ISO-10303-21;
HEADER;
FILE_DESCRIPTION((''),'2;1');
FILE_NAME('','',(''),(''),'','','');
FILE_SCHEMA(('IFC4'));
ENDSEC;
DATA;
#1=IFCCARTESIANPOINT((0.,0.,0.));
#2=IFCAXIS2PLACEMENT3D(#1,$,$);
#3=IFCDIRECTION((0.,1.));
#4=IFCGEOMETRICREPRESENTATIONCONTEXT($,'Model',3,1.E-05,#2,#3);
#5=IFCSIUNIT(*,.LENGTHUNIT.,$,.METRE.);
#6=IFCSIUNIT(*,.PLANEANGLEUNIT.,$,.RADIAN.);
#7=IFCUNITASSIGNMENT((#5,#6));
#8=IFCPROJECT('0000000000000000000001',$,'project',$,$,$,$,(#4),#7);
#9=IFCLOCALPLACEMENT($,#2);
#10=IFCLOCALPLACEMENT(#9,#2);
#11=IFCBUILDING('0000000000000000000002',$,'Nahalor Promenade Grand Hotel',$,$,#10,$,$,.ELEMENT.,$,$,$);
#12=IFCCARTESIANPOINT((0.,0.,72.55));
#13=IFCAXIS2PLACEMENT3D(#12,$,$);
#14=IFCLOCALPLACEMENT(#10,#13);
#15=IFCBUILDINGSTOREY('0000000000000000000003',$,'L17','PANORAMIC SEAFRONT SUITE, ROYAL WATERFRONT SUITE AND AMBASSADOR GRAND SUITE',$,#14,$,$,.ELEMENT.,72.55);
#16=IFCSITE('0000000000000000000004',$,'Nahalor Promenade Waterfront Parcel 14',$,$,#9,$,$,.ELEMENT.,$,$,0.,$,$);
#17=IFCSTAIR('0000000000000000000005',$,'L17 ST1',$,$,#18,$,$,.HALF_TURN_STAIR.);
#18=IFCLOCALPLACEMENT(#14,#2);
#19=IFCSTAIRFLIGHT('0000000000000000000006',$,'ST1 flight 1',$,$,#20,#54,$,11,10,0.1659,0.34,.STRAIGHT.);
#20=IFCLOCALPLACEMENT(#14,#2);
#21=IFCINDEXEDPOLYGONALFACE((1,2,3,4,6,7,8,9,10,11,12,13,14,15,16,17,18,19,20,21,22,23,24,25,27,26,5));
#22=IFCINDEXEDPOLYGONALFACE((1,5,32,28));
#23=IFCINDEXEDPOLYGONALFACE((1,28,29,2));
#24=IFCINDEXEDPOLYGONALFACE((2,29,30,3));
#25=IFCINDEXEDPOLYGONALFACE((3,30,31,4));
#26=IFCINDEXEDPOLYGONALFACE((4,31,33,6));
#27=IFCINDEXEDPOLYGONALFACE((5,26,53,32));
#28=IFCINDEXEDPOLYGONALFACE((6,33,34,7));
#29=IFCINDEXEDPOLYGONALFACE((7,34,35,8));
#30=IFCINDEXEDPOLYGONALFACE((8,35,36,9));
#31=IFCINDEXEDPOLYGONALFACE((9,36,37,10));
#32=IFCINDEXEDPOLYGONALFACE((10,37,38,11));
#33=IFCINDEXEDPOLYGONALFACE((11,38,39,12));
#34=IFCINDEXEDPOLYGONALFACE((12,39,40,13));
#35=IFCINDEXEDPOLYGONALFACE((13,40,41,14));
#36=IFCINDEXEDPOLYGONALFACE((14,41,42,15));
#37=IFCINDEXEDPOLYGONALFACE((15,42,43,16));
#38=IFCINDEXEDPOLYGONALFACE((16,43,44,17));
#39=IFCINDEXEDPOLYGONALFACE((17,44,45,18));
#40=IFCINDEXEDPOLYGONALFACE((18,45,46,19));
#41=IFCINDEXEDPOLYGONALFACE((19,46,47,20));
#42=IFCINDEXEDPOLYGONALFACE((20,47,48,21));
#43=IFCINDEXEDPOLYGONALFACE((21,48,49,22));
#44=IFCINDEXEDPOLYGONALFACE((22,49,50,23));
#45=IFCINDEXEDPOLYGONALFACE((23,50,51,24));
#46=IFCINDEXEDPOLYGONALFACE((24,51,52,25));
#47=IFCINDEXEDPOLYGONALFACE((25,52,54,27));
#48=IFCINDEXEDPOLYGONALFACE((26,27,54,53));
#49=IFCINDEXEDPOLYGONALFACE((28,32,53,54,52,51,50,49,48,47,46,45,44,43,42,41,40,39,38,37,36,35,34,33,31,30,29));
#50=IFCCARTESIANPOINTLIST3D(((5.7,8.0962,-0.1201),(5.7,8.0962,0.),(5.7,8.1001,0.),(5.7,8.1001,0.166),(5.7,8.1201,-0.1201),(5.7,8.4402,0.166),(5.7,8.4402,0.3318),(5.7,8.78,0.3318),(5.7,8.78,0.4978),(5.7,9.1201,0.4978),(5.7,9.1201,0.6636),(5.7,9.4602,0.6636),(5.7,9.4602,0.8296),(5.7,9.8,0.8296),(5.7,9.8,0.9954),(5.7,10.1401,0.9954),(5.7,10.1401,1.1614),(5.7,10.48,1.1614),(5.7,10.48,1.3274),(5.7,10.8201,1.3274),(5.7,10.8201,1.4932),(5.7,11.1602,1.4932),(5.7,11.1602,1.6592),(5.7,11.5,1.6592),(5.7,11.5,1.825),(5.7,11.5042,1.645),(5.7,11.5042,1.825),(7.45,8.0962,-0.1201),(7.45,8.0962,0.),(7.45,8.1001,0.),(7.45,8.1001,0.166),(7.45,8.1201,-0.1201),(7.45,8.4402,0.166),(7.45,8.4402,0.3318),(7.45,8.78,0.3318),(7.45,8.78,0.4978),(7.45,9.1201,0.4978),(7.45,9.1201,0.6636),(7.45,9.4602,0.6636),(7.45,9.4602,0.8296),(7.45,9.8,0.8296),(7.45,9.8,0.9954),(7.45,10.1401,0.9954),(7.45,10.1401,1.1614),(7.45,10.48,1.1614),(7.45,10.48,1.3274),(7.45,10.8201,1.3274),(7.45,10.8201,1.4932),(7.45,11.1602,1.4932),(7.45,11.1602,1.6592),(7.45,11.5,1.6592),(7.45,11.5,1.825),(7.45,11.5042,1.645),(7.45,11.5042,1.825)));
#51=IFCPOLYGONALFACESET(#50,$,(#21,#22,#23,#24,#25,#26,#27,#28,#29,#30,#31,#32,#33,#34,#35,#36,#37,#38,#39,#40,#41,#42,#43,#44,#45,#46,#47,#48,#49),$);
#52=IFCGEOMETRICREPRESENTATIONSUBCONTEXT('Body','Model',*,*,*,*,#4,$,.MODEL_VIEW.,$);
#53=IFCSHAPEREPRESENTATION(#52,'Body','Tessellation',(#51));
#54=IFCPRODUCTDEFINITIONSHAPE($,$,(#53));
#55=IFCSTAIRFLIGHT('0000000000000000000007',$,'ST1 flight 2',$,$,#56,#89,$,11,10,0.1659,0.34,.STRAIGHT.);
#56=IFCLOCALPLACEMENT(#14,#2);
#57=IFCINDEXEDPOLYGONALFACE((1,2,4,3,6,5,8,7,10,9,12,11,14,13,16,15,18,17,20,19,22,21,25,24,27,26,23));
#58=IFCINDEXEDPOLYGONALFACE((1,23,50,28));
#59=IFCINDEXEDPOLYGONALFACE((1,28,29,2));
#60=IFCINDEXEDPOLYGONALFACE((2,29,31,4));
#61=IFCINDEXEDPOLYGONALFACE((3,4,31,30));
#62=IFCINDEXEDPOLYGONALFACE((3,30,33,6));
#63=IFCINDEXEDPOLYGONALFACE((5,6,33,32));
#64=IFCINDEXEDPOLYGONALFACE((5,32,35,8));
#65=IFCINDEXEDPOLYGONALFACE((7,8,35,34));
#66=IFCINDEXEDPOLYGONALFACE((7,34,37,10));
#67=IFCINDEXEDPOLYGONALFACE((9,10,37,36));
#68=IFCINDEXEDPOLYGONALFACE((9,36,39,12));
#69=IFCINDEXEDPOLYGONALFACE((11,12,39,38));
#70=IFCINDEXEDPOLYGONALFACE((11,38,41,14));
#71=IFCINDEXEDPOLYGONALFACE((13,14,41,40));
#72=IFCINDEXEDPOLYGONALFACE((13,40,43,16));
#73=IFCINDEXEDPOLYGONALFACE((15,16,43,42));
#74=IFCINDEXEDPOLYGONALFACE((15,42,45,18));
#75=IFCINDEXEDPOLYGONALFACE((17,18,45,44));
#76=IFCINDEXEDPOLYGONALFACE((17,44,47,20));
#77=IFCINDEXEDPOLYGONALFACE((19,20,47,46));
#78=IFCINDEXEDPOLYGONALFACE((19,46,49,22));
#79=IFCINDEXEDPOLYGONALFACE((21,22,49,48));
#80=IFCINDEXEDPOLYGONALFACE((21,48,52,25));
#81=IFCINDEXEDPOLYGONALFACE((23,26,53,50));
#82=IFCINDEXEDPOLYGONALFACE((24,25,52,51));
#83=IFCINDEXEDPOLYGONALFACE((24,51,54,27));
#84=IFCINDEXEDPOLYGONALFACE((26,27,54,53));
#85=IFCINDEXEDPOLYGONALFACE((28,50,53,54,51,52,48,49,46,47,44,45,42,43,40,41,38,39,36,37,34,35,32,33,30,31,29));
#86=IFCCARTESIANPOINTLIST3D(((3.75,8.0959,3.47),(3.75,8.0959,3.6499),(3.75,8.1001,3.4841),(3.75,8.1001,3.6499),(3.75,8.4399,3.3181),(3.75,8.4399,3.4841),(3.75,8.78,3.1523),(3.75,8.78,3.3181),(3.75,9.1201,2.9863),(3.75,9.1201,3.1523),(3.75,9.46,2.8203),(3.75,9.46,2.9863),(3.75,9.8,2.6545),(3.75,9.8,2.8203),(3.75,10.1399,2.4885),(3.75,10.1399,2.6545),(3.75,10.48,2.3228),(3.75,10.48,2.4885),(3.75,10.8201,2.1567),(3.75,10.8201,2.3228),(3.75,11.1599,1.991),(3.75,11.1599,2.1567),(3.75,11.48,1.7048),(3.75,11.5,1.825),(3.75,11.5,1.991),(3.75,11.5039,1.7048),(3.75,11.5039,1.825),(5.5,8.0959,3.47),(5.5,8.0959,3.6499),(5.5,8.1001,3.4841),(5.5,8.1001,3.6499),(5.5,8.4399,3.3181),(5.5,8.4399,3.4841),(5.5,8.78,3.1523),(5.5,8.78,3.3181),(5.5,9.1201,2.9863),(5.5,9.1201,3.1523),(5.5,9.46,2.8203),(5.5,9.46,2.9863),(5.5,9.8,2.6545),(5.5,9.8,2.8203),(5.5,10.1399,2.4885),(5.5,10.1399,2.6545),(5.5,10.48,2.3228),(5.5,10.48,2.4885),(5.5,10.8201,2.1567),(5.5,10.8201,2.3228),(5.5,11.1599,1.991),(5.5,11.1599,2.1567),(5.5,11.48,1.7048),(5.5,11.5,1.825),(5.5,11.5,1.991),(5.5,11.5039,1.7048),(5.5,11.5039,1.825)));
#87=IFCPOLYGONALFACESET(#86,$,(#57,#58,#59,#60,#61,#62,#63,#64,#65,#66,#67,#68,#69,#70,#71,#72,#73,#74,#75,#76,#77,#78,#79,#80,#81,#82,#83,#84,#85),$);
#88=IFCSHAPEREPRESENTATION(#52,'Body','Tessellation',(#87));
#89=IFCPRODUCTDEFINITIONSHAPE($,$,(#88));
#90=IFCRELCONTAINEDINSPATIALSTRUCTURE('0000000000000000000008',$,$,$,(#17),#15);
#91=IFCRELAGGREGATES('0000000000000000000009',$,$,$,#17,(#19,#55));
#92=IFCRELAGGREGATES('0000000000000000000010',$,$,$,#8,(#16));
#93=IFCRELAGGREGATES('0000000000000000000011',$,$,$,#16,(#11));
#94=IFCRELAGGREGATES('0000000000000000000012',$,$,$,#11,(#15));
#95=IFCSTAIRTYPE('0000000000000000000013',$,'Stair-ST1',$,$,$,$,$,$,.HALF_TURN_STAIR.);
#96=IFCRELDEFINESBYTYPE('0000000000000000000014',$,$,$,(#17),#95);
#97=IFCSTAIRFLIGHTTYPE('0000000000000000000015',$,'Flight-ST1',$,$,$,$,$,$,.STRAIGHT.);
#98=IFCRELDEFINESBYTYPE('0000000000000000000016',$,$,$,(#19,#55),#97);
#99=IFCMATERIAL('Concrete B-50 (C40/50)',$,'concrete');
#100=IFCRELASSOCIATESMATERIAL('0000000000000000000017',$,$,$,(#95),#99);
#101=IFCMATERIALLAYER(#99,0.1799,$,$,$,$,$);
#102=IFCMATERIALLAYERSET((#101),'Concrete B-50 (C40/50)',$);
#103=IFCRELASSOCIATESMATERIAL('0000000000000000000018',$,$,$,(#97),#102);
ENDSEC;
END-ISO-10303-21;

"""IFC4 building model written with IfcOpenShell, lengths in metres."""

from ifc_helpers import new_model, si_unit, direction, frame, origin, place, context, subcontext, project, spatial, polyline, outline, extrude, source, transform, mapped, material, layer, layer_set, type_object, element, aggregate, save


model = new_model("IFC4")

# Units and contexts
model_context = context("Model", 3, precision=1e-05, world=origin(), true_north=direction((0.0, 1.0)))
body_context = subcontext(model_context, "Body", "Model", "MODEL_VIEW")
ifc_project = project(units=[si_unit("LENGTHUNIT", "METRE"), si_unit("PLANEANGLEUNIT", "RADIAN")], contexts=[model_context])

# Site, building, storey
site_placement = place(None, origin())
site = spatial("IfcSite", under=ifc_project, at=site_placement, Name="Nahalor Promenade Waterfront Parcel 14", CompositionType="ELEMENT", RefElevation=0.0)
building_placement = place(site_placement, origin())
building = spatial("IfcBuilding", under=site, at=building_placement, Name="Nahalor Promenade Grand Hotel", CompositionType="ELEMENT")
storey_placement = place(building_placement, frame((0.0, 0.0, 72.55)))
storey = spatial("IfcBuildingStorey", under=building, at=storey_placement, Name="L17", Description="PANORAMIC SEAFRONT SUITE, ROYAL WATERFRONT SUITE AND AMBASSADOR GRAND SUITE", CompositionType="ELEMENT", Elevation=72.55)

# Shared definitions
ifc_material_1 = material(Name="Concrete B-50 (C40/50)", Category="concrete")

# Stair, stair flights
stair_type = type_object("IfcStairType", Name="Stair-ST1", PredefinedType="HALF_TURN_STAIR", material=ifc_material_1)
stair_placement = place(storey_placement, origin())
stair = element("IfcStair", 1, at=stair_placement, inside=storey, type_object=stair_type, Name="L17 ST1", PredefinedType="HALF_TURN_STAIR")
ifc_layer_1 = layer(ifc_material_1, 0.1799)
ifc_layer_set_1 = layer_set([ifc_layer_1], Name="Concrete B-50 (C40/50)")
stair_flight_type = type_object("IfcStairFlightType", Name="Flight-ST1", PredefinedType="STRAIGHT", material=ifc_layer_set_1)
shared_shape_1 = source(origin(), body_context, "Body", "SweptSolid", [
    extrude(outline(polyline([(-0.0039, -0.1201), (-0.0039, 0.0), (0.0, 0.0), (0.0, 0.166), (0.3401, 0.166), (0.3401, 0.3318), (0.6799, 0.3318), (0.6799, 0.4978), (1.02, 0.4978), (1.02, 0.6636), (1.3601, 0.6636), (1.3601, 0.8296), (1.7, 0.8296), (1.7, 0.9954), (2.04, 0.9954), (2.04, 1.1614), (2.3799, 1.1614), (2.3799, 1.3274), (2.72, 1.3274), (2.72, 1.4932), (3.0601, 1.4932), (3.0601, 1.6592), (3.3999, 1.6592), (3.3999, 1.825), (3.4041, 1.825), (3.4041, 1.645), (0.02, -0.1201), (-0.0039, -0.1201)])), frame((0.0, 0.875, 0.0), z_axis=(0.0, -1.0, 0.0), x_axis=(1.0, 0.0, 0.0)), (0.0, 0.0, 1.0), 1.75),
])
stair_flight_1_placement = place(storey_placement, frame((6.575, 8.1001, 0.0), z_axis=(0.0, 0.0, 1.0), x_axis=(0.0, 1.0, 0.0)))
stair_flight_1 = element("IfcStairFlight", 2, at=stair_flight_1_placement, type_object=stair_flight_type, Name="ST1 flight 1", NumberOfRisers=11, NumberOfTreads=10, PredefinedType="STRAIGHT", RiserHeight=0.1659, TreadLength=0.34, context=body_context, shape_type="MappedRepresentation", body=[
    mapped(shared_shape_1, transform((0.0, 0.0, 0.0), scale=1.0)),
])
stair_flight_2_placement = place(storey_placement, frame((4.625, 11.5, 1.825), z_axis=(0.0, 0.0, 1.0), x_axis=(0.0, -1.0, 0.0)))
stair_flight_2 = element("IfcStairFlight", 3, at=stair_flight_2_placement, type_object=stair_flight_type, Name="ST1 flight 2", NumberOfRisers=11, NumberOfTreads=10, PredefinedType="STRAIGHT", RiserHeight=0.1659, TreadLength=0.34, context=body_context, shape_type="MappedRepresentation", body=[
    mapped(shared_shape_1, transform((0.0, 0.0, 0.0), scale=1.0)),
])
aggregate(stair, [stair_flight_1, stair_flight_2])

save(model, "model.ifc")
